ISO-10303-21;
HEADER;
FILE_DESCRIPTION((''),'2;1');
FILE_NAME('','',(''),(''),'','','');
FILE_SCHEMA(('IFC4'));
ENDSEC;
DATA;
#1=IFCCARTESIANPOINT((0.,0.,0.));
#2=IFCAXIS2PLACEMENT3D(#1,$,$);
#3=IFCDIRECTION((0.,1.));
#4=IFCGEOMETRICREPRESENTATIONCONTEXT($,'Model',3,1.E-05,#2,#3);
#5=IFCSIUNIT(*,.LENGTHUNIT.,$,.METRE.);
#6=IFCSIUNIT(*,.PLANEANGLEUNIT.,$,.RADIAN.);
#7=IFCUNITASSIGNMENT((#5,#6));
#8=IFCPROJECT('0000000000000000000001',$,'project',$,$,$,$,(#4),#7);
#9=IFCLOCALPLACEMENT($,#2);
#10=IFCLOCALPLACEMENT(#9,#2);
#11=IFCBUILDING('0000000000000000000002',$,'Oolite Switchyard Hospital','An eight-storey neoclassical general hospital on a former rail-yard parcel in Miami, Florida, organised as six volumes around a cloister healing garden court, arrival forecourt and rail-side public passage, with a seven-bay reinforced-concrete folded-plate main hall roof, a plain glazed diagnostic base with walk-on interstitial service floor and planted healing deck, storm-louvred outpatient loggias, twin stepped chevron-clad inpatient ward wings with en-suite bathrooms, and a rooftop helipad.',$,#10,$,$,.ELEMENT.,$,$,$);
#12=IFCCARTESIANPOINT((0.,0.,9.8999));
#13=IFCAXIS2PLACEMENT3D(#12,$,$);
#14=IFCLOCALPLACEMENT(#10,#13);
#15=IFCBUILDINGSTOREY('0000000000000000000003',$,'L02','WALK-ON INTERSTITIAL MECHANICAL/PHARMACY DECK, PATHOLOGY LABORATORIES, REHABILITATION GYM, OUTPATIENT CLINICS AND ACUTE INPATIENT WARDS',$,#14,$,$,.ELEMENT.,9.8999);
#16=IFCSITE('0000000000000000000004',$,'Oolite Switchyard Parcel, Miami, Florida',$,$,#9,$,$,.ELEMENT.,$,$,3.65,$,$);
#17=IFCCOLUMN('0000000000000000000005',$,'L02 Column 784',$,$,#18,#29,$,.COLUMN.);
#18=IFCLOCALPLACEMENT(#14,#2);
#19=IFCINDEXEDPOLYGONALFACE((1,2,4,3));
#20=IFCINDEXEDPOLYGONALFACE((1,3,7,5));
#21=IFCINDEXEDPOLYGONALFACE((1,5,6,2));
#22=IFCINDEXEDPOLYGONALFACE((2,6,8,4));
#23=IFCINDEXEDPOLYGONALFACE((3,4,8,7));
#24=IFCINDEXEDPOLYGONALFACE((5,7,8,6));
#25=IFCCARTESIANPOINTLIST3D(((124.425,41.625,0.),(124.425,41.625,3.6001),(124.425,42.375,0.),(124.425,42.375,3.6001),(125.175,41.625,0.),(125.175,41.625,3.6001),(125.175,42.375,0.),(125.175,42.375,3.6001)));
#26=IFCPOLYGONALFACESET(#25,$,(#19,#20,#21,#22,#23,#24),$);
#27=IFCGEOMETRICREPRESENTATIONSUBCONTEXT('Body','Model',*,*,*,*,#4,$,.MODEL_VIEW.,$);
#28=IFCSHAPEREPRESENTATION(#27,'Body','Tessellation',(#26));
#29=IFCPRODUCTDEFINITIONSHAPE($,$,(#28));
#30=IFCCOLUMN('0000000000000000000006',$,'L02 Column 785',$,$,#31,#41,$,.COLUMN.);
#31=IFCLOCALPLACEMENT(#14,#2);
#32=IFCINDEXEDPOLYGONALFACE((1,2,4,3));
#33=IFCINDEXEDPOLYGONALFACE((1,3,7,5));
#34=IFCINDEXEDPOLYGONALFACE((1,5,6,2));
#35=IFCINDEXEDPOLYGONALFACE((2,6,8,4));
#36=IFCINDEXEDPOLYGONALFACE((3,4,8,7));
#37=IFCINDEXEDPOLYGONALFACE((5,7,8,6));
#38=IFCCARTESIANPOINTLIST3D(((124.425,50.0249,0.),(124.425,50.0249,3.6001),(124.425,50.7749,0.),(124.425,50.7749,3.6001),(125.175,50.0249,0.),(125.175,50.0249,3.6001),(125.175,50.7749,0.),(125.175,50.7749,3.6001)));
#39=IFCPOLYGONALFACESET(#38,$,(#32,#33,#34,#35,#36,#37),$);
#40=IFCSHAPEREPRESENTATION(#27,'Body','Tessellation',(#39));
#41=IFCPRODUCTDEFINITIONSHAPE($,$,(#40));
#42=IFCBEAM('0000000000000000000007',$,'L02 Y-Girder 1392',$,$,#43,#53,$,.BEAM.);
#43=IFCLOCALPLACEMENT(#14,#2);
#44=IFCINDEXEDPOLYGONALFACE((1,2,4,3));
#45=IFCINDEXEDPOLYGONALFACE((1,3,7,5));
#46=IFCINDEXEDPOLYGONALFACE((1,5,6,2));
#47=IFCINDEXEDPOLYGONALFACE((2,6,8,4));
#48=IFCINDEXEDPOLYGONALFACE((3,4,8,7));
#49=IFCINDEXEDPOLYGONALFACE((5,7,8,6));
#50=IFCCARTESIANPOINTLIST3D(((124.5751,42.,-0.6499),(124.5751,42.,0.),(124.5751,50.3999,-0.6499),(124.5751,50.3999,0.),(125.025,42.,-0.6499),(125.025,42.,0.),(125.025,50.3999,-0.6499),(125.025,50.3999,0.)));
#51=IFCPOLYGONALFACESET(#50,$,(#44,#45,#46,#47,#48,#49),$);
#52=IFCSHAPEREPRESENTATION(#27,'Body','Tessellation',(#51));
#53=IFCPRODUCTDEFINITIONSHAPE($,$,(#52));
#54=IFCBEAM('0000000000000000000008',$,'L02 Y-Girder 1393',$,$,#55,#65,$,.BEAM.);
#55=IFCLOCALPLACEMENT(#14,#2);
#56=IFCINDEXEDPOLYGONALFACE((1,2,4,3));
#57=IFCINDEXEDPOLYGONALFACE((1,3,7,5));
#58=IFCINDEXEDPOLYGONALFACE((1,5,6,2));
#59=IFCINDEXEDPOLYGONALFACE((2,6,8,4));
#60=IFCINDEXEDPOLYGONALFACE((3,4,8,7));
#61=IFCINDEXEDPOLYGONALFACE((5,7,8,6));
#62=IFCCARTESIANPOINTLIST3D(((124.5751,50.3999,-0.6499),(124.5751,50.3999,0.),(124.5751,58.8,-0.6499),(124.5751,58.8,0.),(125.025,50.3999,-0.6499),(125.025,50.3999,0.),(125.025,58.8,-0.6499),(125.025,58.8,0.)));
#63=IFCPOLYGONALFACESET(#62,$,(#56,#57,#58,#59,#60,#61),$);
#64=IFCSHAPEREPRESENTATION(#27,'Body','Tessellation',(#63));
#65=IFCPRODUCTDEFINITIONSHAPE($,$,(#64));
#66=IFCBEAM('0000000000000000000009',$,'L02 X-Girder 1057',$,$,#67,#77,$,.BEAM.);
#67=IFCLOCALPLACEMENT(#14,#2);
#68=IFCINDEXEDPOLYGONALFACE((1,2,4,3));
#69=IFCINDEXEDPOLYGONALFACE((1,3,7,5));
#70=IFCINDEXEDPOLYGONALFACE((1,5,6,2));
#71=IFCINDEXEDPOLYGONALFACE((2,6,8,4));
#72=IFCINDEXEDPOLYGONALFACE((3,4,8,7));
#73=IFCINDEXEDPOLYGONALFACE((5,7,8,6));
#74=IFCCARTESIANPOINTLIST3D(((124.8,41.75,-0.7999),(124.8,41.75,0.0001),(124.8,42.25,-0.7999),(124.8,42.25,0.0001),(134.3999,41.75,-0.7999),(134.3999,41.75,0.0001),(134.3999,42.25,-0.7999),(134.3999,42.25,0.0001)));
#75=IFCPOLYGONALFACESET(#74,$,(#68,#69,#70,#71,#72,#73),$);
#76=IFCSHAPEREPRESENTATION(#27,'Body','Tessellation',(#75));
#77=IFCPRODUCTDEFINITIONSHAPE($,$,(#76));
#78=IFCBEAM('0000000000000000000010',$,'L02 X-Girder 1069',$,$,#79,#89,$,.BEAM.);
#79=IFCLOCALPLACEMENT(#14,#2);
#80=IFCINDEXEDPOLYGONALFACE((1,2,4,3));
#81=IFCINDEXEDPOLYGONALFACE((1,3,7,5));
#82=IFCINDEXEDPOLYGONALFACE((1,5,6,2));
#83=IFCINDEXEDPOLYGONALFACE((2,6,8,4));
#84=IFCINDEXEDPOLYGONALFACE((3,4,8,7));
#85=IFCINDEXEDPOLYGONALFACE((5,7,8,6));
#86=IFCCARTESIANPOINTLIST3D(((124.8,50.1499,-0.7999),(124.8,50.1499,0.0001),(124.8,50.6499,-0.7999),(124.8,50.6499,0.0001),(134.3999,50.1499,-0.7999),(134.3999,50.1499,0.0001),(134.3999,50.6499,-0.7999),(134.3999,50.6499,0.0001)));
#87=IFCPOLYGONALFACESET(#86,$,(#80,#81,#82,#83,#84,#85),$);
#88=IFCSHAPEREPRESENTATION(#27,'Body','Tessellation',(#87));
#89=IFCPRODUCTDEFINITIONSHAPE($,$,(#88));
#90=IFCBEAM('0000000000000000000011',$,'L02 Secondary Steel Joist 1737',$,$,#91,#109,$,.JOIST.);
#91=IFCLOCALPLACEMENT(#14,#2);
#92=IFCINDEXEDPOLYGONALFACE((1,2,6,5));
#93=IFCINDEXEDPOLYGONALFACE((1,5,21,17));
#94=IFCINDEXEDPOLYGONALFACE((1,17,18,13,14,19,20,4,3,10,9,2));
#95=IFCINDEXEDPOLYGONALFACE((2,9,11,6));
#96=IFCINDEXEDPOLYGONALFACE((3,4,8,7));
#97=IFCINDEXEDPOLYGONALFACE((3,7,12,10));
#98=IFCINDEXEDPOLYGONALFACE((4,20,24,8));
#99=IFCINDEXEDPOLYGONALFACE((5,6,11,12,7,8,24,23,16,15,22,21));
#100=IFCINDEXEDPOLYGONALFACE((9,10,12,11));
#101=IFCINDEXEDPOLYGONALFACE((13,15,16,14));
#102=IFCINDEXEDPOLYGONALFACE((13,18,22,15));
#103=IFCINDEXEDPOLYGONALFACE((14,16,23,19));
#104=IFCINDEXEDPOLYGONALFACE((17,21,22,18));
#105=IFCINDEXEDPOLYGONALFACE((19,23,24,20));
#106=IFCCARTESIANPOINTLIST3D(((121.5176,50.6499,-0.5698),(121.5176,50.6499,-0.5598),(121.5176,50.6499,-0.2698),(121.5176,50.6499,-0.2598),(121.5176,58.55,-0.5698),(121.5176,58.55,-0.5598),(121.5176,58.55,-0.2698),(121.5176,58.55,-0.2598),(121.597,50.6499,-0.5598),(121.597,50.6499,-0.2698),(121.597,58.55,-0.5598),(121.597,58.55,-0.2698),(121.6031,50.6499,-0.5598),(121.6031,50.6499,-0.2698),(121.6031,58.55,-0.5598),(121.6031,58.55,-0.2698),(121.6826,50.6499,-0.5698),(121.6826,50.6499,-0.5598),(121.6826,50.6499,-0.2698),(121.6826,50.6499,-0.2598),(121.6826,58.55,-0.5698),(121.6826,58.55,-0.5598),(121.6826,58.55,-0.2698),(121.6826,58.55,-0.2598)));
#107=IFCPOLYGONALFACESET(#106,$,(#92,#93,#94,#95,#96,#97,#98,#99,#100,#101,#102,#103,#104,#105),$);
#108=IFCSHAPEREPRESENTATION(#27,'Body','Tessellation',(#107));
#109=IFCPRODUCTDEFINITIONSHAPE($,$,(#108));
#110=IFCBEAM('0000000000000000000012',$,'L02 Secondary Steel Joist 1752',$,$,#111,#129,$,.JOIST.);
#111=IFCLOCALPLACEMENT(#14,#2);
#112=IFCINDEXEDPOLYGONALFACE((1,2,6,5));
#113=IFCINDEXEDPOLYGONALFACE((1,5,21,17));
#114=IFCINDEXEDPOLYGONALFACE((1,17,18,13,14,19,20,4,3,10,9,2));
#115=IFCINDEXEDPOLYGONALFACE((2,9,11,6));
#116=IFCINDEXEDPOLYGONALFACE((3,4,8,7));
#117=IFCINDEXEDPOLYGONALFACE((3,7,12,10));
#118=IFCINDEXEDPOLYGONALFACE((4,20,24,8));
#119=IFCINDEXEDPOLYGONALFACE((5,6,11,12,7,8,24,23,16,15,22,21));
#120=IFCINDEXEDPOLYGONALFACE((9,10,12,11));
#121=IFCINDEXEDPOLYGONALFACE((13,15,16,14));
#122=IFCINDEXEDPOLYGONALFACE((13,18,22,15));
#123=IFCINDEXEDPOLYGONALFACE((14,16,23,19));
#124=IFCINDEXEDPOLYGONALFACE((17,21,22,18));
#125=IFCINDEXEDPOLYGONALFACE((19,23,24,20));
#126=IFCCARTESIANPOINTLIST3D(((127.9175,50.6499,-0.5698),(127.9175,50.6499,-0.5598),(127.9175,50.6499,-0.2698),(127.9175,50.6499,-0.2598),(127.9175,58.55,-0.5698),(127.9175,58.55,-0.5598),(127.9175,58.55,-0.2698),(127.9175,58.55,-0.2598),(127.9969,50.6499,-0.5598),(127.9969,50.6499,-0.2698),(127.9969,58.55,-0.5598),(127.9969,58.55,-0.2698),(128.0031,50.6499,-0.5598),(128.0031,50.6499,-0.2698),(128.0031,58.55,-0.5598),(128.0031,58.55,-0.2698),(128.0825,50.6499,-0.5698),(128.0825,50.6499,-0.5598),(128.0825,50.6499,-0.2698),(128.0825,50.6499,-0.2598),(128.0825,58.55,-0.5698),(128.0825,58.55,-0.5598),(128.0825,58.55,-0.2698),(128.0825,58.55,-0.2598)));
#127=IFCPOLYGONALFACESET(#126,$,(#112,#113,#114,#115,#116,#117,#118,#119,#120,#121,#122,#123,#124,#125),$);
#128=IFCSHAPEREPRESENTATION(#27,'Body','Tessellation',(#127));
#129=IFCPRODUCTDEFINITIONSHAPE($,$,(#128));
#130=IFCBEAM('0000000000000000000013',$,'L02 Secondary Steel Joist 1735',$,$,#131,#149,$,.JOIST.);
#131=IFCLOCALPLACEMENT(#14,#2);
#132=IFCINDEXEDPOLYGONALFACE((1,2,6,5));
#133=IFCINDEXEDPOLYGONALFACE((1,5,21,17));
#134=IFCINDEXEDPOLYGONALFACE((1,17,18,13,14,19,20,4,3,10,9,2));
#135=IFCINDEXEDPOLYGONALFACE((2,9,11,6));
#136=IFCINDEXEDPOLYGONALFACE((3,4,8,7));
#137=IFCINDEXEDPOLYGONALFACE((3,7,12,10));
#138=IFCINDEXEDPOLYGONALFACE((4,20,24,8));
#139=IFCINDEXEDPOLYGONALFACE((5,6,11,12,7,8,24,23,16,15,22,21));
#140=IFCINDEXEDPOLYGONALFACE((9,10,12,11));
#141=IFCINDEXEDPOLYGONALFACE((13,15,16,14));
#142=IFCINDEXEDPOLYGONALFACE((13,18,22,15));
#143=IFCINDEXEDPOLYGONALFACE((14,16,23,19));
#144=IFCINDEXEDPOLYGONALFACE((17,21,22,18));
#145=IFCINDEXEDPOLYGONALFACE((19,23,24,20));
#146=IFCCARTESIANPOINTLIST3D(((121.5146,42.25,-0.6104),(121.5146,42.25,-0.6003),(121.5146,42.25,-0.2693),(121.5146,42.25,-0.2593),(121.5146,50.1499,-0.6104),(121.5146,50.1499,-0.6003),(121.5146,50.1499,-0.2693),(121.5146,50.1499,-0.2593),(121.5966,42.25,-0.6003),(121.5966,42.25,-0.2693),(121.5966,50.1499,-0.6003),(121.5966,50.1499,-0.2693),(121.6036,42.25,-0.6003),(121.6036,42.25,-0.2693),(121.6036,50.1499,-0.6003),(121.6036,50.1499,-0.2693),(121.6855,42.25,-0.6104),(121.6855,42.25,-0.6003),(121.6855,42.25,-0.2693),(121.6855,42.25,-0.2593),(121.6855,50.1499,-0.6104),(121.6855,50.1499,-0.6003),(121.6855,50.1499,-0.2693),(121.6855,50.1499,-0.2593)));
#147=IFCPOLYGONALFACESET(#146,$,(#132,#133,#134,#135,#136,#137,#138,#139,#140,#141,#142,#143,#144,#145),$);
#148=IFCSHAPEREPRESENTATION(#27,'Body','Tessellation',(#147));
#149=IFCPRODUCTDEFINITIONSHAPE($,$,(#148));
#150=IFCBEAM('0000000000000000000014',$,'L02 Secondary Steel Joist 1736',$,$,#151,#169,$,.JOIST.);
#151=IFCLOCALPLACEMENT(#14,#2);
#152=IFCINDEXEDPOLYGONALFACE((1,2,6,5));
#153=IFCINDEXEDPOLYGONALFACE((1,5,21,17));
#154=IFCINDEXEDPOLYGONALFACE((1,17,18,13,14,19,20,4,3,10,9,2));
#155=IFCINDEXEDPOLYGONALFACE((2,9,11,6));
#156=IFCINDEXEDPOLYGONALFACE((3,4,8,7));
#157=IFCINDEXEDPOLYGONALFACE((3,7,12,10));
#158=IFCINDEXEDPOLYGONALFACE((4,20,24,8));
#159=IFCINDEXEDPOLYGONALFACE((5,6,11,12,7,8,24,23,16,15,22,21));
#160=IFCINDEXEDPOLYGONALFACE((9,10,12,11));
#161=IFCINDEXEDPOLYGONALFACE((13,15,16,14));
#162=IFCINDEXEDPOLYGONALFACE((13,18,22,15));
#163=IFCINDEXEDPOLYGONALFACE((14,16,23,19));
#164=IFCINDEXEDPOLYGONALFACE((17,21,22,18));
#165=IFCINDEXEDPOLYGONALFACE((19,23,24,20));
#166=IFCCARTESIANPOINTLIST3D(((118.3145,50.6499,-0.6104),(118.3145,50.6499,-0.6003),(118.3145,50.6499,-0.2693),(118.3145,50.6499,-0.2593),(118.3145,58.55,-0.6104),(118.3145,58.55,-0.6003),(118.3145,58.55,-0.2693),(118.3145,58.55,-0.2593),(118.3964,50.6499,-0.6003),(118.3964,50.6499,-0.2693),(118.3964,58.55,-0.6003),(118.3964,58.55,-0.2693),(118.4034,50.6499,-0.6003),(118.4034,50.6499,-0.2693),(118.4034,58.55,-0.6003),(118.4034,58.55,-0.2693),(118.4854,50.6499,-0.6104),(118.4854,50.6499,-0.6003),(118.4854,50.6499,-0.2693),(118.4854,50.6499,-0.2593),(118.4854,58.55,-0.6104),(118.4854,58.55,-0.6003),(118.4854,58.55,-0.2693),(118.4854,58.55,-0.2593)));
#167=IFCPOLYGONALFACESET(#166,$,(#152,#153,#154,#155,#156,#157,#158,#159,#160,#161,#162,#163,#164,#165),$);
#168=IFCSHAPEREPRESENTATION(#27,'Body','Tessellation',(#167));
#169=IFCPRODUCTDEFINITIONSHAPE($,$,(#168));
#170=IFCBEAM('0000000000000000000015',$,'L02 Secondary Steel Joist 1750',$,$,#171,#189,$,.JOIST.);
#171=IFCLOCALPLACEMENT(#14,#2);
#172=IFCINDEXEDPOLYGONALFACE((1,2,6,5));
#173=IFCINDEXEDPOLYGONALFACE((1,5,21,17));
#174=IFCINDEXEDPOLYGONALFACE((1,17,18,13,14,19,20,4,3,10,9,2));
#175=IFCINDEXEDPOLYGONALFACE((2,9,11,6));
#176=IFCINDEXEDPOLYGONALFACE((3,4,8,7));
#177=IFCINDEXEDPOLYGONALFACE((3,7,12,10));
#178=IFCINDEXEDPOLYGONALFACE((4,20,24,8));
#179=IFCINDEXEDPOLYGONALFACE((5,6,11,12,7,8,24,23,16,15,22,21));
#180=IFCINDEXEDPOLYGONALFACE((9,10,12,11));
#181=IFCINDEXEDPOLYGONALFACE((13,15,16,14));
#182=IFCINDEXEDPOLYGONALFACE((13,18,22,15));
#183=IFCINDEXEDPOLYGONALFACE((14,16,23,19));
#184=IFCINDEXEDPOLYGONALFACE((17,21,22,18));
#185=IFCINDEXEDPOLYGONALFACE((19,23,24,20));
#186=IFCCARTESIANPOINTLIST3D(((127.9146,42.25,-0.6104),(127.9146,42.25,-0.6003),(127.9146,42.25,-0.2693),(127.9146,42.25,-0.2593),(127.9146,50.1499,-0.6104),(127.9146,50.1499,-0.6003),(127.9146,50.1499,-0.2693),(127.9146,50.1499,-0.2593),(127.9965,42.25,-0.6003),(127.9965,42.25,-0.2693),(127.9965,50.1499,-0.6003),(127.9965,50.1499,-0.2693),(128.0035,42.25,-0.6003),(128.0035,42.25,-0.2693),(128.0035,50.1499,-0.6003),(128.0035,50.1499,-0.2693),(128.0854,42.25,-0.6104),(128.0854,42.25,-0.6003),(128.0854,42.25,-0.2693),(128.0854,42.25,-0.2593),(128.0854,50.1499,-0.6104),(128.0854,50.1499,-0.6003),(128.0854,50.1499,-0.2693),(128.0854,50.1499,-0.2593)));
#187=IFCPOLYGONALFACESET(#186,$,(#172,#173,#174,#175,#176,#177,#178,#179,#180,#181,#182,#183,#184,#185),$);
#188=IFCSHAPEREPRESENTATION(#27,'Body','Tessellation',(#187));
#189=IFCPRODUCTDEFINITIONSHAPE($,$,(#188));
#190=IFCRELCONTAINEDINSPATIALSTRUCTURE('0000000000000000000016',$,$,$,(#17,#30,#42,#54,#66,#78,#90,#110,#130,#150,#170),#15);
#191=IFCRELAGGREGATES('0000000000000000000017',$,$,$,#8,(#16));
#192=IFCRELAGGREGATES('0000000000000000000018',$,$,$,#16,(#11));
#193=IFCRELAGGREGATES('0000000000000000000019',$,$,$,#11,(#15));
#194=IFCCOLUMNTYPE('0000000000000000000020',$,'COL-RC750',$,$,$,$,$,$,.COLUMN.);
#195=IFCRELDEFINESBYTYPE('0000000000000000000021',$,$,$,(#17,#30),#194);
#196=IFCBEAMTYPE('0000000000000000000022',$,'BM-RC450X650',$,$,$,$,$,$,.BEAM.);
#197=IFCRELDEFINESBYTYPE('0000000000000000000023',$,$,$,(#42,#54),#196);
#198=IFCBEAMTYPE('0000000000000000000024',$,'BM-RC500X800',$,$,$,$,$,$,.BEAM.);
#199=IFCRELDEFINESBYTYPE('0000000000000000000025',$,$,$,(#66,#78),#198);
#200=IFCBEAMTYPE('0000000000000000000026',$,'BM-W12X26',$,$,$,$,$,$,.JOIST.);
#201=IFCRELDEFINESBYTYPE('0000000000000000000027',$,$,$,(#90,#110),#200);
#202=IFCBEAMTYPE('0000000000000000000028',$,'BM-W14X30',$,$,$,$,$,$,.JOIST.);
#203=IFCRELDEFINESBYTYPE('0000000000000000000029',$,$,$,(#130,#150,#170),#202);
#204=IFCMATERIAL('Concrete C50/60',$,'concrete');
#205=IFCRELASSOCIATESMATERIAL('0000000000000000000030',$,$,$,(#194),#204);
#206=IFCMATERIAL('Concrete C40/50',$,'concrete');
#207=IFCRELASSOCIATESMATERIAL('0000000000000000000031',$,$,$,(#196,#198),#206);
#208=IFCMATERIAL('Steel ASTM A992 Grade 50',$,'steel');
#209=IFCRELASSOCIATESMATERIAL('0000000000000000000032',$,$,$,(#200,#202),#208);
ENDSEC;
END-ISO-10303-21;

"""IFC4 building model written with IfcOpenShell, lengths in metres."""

from ifc_helpers import new_model, si_unit, direction, frame, origin, origin_2d, place, context, subcontext, project, spatial, rectangle, i_section, extrude, material, material_profile, profile_set, type_object, element, save


model = new_model("IFC4")

# Units and contexts
model_context = context("Model", 3, precision=1e-05, world=origin(), true_north=direction((0.0, 1.0)))
body_context = subcontext(model_context, "Body", "Model", "MODEL_VIEW")
ifc_project = project(units=[si_unit("LENGTHUNIT", "METRE"), si_unit("PLANEANGLEUNIT", "RADIAN")], contexts=[model_context])

# Site, building, storey
site_placement = place(None, origin())
site = spatial("IfcSite", under=ifc_project, at=site_placement, Name="Oolite Switchyard Parcel, Miami, Florida", CompositionType="ELEMENT", RefElevation=3.65)
building_placement = place(site_placement, origin())
building = spatial("IfcBuilding", under=site, at=building_placement, Name="Oolite Switchyard Hospital", Description="An eight-storey neoclassical general hospital on a former rail-yard parcel in Miami, Florida, organised as six volumes around a cloister healing garden court, arrival forecourt and rail-side public passage, with a seven-bay reinforced-concrete folded-plate main hall roof, a plain glazed diagnostic base with walk-on interstitial service floor and planted healing deck, storm-louvred outpatient loggias, twin stepped chevron-clad inpatient ward wings with en-suite bathrooms, and a rooftop helipad.", CompositionType="ELEMENT")
storey_placement = place(building_placement, frame((0.0, 0.0, 9.8999)))
storey = spatial("IfcBuildingStorey", under=building, at=storey_placement, Name="L02", Description="WALK-ON INTERSTITIAL MECHANICAL/PHARMACY DECK, PATHOLOGY LABORATORIES, REHABILITATION GYM, OUTPATIENT CLINICS AND ACUTE INPATIENT WARDS", CompositionType="ELEMENT", Elevation=9.8999)

# Columns
ifc_material_1 = material(Name="Concrete C50/60", Category="concrete")
ifc_material_profile_1 = material_profile(ifc_material_1, rectangle(XDim=0.75, YDim=0.75, at=origin_2d()), Name="RC750X750")
ifc_profile_set_1 = profile_set([ifc_material_profile_1], Name="Concrete C50/60")
column_type = type_object("IfcColumnType", Name="COL-RC750", PredefinedType="COLUMN", material=ifc_profile_set_1)
for number, where, z_axis, x_axis, name in (
    (1, (124.8, 42.0, 0.0), (0.0, 0.0, 1.0), (1.0, 0.0, 0.0), "L02 Column 784"),
    (2, (124.8, 50.3999, 0.0), (0.0, 0.0, 1.0), (1.0, 0.0, 0.0), "L02 Column 785"),
):
    element("IfcColumn", number, at=place(storey_placement, frame(where, z_axis=z_axis, x_axis=x_axis)), inside=storey, type_object=column_type, Name=name, PredefinedType="COLUMN", context=body_context, shape_type="SweptSolid", body=[
        extrude(rectangle(XDim=0.75, YDim=0.75, at=origin_2d()), origin(), (0.0, 0.0, 1.0), 3.6001),
    ])

# Beams
ifc_material_2 = material(Name="Concrete C40/50", Category="concrete")
ifc_material_profile_2 = material_profile(ifc_material_2, rectangle(XDim=0.45, YDim=0.6499, at=origin_2d()), Name="RCB450X650")
ifc_profile_set_2 = profile_set([ifc_material_profile_2], Name="Concrete C40/50")
beam_type_1 = type_object("IfcBeamType", Name="BM-RC450X650", PredefinedType="BEAM", material=ifc_profile_set_2)
beam_1_placement = place(storey_placement, frame((124.8, 42.0, -0.325), z_axis=(0.0, 1.0, 0.0), x_axis=(-1.0, 0.0, 0.0)))
element("IfcBeam", 3, at=beam_1_placement, inside=storey, type_object=beam_type_1, Name="L02 Y-Girder 1392", PredefinedType="BEAM", context=body_context, shape_type="SweptSolid", body=[
    extrude(rectangle(XDim=0.45, YDim=0.6499, at=origin_2d()), origin(), (0.0, 0.0, 1.0), 8.3999),
])
beam_2_placement = place(storey_placement, frame((124.8, 50.3999, -0.325), z_axis=(0.0, 1.0, 0.0), x_axis=(-1.0, 0.0, 0.0)))
element("IfcBeam", 4, at=beam_2_placement, inside=storey, type_object=beam_type_1, Name="L02 Y-Girder 1393", PredefinedType="BEAM", context=body_context, shape_type="SweptSolid", body=[
    extrude(rectangle(XDim=0.45, YDim=0.6499, at=origin_2d()), origin(), (0.0, 0.0, 1.0), 8.4001),
])
ifc_material_profile_3 = material_profile(ifc_material_2, rectangle(XDim=0.5, YDim=0.8, at=origin_2d()), Name="RCB500X800")
ifc_profile_set_3 = profile_set([ifc_material_profile_3], Name="Concrete C40/50")
beam_type_2 = type_object("IfcBeamType", Name="BM-RC500X800", PredefinedType="BEAM", material=ifc_profile_set_3)
for number, where, z_axis, x_axis, name in (
    (5, (124.8, 42.0, -0.3999), (1.0, 0.0, 0.0), (0.0, 1.0, 0.0), "L02 X-Girder 1057"),
    (6, (124.8, 50.3999, -0.3999), (1.0, 0.0, 0.0), (0.0, 1.0, 0.0), "L02 X-Girder 1069"),
):
    element("IfcBeam", number, at=place(storey_placement, frame(where, z_axis=z_axis, x_axis=x_axis)), inside=storey, type_object=beam_type_2, Name=name, PredefinedType="BEAM", context=body_context, shape_type="SweptSolid", body=[
        extrude(rectangle(XDim=0.5, YDim=0.8, at=origin_2d()), origin(), (0.0, 0.0, 1.0), 9.5999),
    ])
ifc_material_3 = material(Name="Steel ASTM A992 Grade 50", Category="steel")
ifc_material_profile_4 = material_profile(ifc_material_3, i_section(OverallWidth=0.165, OverallDepth=0.3101, WebThickness=0.0061, FlangeThickness=0.01, at=origin_2d()), Name="W12X26")
ifc_profile_set_4 = profile_set([ifc_material_profile_4], Name="Steel ASTM A992 Grade 50")
beam_type_3 = type_object("IfcBeamType", Name="BM-W12X26", PredefinedType="JOIST", material=ifc_profile_set_4)
for number, where, z_axis, x_axis, name in (
    (7, (121.6001, 50.6499, -0.4148), (0.0, 1.0, 0.0), (-1.0, 0.0, 0.0), "L02 Secondary Steel Joist 1737"),
    (8, (128.0, 50.6499, -0.4148), (0.0, 1.0, 0.0), (-1.0, 0.0, 0.0), "L02 Secondary Steel Joist 1752"),
):
    element("IfcBeam", number, at=place(storey_placement, frame(where, z_axis=z_axis, x_axis=x_axis)), inside=storey, type_object=beam_type_3, Name=name, PredefinedType="JOIST", context=body_context, shape_type="SweptSolid", body=[
        extrude(i_section(OverallWidth=0.165, OverallDepth=0.3101, WebThickness=0.0061, FlangeThickness=0.01, at=origin_2d()), origin(), (0.0, 0.0, 1.0), 7.9001),
    ])
ifc_material_profile_5 = material_profile(ifc_material_3, i_section(OverallWidth=0.1709, OverallDepth=0.3511, WebThickness=0.0071, FlangeThickness=0.01, at=origin_2d()), Name="W14X30")
ifc_profile_set_5 = profile_set([ifc_material_profile_5], Name="Steel ASTM A992 Grade 50")
beam_type_4 = type_object("IfcBeamType", Name="BM-W14X30", PredefinedType="JOIST", material=ifc_profile_set_5)
beam_3_placement = place(storey_placement, frame((121.6001, 42.25, -0.4348), z_axis=(0.0, 1.0, 0.0), x_axis=(-1.0, 0.0, 0.0)))
element("IfcBeam", 9, at=beam_3_placement, inside=storey, type_object=beam_type_4, Name="L02 Secondary Steel Joist 1735", PredefinedType="JOIST", context=body_context, shape_type="SweptSolid", body=[
    extrude(i_section(OverallWidth=0.1709, OverallDepth=0.3511, WebThickness=0.0071, FlangeThickness=0.01, at=origin_2d()), origin(), (0.0, 0.0, 1.0), 7.8999),
])
beam_4_placement = place(storey_placement, frame((118.3999, 50.6499, -0.4348), z_axis=(0.0, 1.0, 0.0), x_axis=(-1.0, 0.0, 0.0)))
element("IfcBeam", 10, at=beam_4_placement, inside=storey, type_object=beam_type_4, Name="L02 Secondary Steel Joist 1736", PredefinedType="JOIST", context=body_context, shape_type="SweptSolid", body=[
    extrude(i_section(OverallWidth=0.1709, OverallDepth=0.3511, WebThickness=0.0071, FlangeThickness=0.01, at=origin_2d()), origin(), (0.0, 0.0, 1.0), 7.9001),
])
beam_5_placement = place(storey_placement, frame((128.0, 42.25, -0.4348), z_axis=(0.0, 1.0, 0.0), x_axis=(-1.0, 0.0, 0.0)))
element("IfcBeam", 11, at=beam_5_placement, inside=storey, type_object=beam_type_4, Name="L02 Secondary Steel Joist 1750", PredefinedType="JOIST", context=body_context, shape_type="SweptSolid", body=[
    extrude(i_section(OverallWidth=0.1709, OverallDepth=0.3511, WebThickness=0.0071, FlangeThickness=0.01, at=origin_2d()), origin(), (0.0, 0.0, 1.0), 7.8999),
])

save(model, "model.ifc")
